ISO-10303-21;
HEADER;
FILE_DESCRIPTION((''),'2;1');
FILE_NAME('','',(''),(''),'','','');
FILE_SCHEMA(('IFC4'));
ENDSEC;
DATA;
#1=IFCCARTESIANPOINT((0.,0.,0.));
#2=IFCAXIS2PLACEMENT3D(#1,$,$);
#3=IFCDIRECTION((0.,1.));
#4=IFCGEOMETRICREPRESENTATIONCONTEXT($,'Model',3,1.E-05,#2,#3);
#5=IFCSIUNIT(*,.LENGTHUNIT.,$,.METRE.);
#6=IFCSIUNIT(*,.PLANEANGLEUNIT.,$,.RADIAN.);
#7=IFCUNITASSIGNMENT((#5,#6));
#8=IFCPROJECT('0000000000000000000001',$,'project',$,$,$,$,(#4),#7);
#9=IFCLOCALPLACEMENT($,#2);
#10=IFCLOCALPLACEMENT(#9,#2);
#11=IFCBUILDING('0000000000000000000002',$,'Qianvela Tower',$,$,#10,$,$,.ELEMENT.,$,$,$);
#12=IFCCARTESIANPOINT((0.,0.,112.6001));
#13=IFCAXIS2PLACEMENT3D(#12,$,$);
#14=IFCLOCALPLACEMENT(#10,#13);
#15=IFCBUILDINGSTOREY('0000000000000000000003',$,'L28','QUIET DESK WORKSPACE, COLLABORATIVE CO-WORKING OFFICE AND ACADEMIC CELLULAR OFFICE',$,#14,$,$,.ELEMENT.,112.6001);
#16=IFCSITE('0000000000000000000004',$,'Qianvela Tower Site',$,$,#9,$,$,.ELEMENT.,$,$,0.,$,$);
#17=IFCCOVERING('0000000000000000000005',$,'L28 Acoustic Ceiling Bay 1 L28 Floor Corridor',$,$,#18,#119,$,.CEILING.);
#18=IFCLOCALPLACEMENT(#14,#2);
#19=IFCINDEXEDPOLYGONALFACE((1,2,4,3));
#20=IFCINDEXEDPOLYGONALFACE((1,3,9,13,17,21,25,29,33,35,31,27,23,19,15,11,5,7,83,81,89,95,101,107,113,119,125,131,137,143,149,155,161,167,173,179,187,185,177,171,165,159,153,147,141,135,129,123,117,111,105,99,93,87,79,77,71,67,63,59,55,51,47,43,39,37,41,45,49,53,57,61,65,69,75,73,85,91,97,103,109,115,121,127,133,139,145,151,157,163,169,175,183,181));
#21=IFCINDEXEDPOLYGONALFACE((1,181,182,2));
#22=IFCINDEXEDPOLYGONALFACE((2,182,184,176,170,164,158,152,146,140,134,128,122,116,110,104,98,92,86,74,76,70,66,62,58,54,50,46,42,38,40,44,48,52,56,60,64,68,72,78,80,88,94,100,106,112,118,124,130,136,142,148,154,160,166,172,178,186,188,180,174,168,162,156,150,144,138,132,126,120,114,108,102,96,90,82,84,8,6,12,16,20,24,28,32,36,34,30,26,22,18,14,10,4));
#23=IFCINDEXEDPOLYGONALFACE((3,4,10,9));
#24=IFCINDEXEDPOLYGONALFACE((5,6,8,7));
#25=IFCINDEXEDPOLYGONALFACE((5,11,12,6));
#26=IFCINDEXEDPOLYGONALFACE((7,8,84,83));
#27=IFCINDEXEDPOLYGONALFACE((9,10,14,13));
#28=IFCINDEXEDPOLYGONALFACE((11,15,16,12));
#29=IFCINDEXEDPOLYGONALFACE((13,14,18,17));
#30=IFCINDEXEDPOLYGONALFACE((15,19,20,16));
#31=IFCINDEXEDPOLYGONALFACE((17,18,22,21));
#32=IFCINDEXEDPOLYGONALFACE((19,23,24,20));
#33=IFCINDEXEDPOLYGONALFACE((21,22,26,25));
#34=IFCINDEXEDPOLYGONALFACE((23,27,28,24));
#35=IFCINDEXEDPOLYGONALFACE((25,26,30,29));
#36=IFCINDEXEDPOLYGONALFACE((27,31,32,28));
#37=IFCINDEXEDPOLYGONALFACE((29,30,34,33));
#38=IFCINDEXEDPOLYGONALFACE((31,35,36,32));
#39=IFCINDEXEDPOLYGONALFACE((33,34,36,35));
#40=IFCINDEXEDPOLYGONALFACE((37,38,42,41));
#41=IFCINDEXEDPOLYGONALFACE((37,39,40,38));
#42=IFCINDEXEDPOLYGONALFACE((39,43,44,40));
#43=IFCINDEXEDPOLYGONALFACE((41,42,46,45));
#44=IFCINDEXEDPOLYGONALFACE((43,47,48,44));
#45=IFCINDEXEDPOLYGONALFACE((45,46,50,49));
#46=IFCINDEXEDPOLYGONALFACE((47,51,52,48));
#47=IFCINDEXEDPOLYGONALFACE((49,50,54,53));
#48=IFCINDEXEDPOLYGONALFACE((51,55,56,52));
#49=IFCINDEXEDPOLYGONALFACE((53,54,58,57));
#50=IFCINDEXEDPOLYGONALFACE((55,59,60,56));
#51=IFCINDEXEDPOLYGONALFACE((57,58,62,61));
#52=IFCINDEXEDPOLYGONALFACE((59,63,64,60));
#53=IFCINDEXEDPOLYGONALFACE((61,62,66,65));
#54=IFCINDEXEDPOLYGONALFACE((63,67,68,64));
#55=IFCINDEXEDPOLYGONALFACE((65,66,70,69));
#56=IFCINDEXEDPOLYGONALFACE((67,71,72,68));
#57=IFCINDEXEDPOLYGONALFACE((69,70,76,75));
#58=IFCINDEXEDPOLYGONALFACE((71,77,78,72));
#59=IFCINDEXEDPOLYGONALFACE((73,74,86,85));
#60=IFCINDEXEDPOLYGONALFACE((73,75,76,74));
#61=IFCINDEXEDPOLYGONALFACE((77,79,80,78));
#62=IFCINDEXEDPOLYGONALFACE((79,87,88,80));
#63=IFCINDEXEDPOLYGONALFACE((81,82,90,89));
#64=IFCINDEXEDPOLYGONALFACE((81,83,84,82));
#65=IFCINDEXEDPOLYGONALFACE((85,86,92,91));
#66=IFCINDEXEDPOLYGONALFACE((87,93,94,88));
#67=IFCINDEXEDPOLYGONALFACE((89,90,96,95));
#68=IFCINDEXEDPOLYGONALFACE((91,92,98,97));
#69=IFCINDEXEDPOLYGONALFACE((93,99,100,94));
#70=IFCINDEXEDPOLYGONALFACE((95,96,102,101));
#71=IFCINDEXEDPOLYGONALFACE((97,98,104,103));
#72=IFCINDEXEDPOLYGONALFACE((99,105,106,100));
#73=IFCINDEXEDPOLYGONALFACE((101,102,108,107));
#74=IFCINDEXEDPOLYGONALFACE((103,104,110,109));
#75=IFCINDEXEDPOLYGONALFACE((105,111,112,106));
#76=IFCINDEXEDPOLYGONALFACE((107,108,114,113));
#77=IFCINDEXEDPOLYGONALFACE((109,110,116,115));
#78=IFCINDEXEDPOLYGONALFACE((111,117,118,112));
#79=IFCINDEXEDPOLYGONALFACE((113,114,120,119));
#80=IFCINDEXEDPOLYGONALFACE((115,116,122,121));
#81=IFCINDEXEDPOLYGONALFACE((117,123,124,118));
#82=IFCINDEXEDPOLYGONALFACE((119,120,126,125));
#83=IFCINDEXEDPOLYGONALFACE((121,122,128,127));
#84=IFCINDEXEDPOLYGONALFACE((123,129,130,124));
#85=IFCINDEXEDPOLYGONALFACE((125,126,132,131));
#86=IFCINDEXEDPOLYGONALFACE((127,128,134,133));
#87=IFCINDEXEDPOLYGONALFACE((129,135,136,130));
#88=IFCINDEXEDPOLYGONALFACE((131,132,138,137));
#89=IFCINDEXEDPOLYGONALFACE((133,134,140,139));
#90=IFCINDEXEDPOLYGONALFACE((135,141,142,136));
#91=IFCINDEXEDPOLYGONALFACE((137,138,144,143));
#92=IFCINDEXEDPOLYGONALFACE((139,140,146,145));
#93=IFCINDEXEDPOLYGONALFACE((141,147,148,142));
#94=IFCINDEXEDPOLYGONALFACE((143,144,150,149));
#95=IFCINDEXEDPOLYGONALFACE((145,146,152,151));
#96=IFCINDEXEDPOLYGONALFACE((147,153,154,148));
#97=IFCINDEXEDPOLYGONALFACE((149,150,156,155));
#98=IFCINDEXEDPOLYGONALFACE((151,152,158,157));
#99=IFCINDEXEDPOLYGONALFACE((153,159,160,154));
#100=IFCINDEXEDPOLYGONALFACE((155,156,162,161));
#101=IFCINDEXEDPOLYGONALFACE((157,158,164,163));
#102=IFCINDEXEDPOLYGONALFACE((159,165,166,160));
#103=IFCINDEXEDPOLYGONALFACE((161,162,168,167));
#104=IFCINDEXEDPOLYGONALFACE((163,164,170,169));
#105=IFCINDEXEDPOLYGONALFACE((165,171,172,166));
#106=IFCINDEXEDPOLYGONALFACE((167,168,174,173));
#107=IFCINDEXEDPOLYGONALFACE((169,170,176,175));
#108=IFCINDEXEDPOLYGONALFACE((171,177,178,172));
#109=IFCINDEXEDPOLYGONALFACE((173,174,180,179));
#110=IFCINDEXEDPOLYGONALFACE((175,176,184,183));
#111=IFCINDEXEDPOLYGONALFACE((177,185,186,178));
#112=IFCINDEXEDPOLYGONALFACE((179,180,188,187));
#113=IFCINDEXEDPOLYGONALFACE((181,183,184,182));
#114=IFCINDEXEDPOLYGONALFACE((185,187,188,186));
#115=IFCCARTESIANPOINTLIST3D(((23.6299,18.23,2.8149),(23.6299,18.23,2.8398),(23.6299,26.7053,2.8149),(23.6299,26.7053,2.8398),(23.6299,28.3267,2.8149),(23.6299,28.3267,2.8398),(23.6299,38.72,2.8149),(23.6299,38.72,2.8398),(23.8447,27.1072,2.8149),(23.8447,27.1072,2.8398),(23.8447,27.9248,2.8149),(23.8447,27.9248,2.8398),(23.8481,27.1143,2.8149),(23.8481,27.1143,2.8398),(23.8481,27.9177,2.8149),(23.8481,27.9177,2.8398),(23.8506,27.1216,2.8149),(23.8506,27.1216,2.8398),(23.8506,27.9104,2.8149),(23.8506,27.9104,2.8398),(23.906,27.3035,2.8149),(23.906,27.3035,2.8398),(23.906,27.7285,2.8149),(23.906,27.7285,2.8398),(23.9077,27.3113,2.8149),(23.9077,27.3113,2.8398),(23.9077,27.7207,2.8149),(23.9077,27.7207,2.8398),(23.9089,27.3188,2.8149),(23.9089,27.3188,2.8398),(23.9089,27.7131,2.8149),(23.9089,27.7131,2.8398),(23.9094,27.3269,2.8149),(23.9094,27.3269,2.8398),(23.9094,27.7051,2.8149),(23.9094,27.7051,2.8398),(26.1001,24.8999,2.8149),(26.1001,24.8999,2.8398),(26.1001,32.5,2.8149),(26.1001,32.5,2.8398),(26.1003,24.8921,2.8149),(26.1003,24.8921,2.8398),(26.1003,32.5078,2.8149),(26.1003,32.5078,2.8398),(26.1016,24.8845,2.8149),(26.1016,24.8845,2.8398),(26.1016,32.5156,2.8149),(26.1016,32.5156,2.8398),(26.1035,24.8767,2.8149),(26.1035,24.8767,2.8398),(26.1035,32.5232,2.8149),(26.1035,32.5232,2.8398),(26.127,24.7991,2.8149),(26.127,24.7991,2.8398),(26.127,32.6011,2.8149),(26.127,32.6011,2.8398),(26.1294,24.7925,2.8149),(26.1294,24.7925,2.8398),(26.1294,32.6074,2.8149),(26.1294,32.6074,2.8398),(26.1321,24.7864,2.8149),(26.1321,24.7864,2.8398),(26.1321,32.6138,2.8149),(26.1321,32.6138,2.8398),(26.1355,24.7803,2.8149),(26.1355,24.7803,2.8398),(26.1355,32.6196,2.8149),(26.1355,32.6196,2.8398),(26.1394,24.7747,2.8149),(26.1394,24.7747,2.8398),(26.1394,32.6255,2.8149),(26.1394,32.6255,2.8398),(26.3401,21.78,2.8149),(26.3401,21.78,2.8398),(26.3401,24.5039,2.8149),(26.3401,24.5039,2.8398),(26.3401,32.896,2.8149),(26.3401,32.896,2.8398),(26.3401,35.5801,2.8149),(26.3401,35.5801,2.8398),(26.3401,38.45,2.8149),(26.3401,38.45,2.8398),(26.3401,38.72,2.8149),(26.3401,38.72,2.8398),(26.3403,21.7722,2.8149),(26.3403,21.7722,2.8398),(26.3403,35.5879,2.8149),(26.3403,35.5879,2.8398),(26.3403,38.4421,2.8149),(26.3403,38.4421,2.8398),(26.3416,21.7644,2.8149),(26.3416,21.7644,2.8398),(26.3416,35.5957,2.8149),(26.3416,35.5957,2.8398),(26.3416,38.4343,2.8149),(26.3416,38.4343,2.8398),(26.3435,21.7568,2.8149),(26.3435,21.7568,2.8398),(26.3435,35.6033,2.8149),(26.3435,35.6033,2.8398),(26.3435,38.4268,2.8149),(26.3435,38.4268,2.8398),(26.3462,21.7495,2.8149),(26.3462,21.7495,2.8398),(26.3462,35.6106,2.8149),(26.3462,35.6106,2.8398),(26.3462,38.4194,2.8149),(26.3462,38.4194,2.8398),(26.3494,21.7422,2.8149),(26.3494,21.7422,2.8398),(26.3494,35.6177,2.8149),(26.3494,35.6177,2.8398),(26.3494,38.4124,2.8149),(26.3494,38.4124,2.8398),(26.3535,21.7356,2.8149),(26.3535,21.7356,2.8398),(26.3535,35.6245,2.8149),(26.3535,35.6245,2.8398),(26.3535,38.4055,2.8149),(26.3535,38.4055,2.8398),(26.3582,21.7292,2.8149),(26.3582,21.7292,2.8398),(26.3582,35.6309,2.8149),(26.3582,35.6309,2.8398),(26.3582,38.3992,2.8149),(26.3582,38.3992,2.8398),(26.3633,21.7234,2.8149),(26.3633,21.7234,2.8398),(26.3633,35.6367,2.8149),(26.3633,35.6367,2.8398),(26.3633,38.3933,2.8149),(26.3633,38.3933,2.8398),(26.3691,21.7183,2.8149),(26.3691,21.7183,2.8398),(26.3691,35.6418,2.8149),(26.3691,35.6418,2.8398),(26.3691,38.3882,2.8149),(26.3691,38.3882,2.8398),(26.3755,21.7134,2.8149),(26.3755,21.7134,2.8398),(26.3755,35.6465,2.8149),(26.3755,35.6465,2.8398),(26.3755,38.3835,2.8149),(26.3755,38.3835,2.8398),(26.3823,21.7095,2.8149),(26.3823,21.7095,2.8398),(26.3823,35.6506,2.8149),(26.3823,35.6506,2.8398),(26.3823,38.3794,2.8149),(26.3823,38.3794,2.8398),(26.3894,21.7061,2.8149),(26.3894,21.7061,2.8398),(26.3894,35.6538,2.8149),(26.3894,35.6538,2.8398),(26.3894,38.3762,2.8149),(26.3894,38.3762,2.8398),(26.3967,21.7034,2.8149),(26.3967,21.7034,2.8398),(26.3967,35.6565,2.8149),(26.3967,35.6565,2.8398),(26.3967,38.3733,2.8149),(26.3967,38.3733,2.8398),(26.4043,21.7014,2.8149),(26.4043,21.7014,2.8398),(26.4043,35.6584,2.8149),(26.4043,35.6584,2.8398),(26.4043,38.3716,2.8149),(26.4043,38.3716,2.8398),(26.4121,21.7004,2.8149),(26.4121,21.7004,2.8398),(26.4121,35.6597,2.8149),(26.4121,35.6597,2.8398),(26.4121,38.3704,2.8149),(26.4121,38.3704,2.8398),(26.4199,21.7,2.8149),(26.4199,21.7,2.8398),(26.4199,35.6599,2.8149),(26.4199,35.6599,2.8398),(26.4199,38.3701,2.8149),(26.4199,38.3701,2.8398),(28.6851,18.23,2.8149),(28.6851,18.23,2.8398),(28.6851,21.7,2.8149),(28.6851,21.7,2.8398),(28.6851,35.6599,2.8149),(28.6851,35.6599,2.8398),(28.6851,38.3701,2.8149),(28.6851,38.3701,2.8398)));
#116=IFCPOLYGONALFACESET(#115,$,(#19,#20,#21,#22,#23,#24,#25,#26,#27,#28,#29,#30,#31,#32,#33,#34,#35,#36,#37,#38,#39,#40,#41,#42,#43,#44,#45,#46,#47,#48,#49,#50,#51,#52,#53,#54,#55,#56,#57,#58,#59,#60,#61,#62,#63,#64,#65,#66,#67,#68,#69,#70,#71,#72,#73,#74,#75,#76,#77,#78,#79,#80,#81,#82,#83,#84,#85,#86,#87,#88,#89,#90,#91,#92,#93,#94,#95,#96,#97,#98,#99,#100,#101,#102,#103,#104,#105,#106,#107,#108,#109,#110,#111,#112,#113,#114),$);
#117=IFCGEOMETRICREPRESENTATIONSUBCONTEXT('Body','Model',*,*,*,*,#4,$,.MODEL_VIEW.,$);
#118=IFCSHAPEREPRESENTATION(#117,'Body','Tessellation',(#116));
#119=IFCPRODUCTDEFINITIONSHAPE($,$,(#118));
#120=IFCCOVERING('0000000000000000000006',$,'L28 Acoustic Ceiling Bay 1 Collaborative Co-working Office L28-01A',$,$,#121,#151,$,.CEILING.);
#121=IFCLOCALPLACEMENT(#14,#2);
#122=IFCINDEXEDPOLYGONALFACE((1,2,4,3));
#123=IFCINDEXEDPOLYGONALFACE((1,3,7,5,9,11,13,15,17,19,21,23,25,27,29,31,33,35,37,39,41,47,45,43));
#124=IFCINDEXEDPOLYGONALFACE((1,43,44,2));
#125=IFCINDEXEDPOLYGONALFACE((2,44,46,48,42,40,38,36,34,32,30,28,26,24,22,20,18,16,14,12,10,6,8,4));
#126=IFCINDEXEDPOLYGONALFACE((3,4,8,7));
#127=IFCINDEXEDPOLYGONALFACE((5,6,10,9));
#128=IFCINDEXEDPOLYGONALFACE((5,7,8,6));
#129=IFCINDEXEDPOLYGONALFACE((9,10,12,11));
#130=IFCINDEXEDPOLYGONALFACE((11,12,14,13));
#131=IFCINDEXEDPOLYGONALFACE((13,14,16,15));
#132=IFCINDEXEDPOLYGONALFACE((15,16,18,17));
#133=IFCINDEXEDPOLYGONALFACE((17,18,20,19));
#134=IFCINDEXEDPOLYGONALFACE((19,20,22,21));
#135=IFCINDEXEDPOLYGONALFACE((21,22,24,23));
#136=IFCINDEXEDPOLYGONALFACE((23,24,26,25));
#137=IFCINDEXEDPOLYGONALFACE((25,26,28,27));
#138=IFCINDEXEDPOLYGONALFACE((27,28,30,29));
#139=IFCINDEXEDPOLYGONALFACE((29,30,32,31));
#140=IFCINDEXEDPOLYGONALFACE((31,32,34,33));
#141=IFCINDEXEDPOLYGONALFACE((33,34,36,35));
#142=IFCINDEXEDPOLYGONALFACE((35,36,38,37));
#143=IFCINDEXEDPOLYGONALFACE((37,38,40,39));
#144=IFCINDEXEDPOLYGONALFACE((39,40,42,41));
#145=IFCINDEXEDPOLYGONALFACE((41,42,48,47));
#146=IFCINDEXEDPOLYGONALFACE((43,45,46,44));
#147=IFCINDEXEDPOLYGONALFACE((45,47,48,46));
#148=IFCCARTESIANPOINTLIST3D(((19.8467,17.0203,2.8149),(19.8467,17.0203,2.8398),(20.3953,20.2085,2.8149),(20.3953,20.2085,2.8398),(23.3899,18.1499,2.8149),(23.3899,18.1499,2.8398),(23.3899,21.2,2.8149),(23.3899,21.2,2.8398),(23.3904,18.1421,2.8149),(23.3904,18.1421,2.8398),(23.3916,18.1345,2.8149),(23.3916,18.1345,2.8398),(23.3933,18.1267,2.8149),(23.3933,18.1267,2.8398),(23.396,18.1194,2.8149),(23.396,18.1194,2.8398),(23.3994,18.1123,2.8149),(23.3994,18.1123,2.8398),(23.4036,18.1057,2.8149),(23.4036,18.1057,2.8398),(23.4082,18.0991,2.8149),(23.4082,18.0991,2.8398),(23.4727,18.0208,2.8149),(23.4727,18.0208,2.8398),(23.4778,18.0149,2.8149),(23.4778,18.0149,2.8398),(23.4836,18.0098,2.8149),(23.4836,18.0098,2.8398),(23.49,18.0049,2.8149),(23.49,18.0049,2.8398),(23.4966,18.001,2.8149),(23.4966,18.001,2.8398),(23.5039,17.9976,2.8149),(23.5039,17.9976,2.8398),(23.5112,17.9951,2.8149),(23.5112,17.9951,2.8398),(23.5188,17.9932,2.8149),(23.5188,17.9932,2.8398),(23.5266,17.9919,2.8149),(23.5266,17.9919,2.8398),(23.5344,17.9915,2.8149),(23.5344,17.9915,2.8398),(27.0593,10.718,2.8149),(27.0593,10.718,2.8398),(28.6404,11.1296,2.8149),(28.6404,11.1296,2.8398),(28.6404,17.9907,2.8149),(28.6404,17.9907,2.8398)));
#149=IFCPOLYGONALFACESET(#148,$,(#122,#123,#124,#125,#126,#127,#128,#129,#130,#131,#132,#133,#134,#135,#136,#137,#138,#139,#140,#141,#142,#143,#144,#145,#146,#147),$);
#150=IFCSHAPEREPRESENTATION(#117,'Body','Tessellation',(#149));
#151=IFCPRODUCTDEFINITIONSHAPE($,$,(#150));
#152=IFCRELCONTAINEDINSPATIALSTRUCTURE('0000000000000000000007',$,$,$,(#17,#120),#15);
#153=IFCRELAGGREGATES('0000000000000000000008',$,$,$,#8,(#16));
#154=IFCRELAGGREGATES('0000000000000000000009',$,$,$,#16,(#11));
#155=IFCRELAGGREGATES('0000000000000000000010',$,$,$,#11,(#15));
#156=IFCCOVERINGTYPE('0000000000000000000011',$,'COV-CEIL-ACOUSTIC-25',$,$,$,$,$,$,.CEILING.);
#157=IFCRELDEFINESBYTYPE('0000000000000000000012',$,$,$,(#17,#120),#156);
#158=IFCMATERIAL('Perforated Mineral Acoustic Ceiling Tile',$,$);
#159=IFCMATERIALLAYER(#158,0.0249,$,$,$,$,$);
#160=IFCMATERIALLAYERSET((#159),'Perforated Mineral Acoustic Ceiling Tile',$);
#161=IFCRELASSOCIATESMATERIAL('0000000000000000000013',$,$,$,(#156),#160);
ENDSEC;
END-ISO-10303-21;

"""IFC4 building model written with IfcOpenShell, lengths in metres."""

from ifc_helpers import new_model, si_unit, direction, frame, origin, place, context, subcontext, project, spatial, polyline, outline, extrude, material, layer, layer_set, type_object, element, save


model = new_model("IFC4")

# Units and contexts
model_context = context("Model", 3, precision=1e-05, world=origin(), true_north=direction((0.0, 1.0)))
body_context = subcontext(model_context, "Body", "Model", "MODEL_VIEW")
ifc_project = project(units=[si_unit("LENGTHUNIT", "METRE"), si_unit("PLANEANGLEUNIT", "RADIAN")], contexts=[model_context])

# Site, building, storey
site_placement = place(None, origin())
site = spatial("IfcSite", under=ifc_project, at=site_placement, Name="Qianvela Tower Site", CompositionType="ELEMENT", RefElevation=0.0)
building_placement = place(site_placement, origin())
building = spatial("IfcBuilding", under=site, at=building_placement, Name="Qianvela Tower", CompositionType="ELEMENT")
storey_placement = place(building_placement, frame((0.0, 0.0, 112.6001)))
storey = spatial("IfcBuildingStorey", under=building, at=storey_placement, Name="L28", Description="QUIET DESK WORKSPACE, COLLABORATIVE CO-WORKING OFFICE AND ACADEMIC CELLULAR OFFICE", CompositionType="ELEMENT", Elevation=112.6001)

# Coverings
ifc_material_1 = material(Name="Perforated Mineral Acoustic Ceiling Tile")
ifc_layer_1 = layer(ifc_material_1, 0.0249)
ifc_layer_set_1 = layer_set([ifc_layer_1], Name="Perforated Mineral Acoustic Ceiling Tile")
covering_type_1 = type_object("IfcCoveringType", Name="COV-CEIL-ACOUSTIC-25", PredefinedType="CEILING", material=ifc_layer_set_1)
covering_1_placement = place(storey_placement, frame((0.0, 0.0, 2.8149)))
element("IfcCovering", 1, at=covering_1_placement, inside=storey, type_object=covering_type_1, Name="L28 Acoustic Ceiling Bay 1 L28 Floor Corridor", PredefinedType="CEILING", context=body_context, shape_type="SweptSolid", body=[
    extrude(outline(polyline([(23.8481, 27.9177), (23.8447, 27.9248), (23.6299, 28.3267), (23.6299, 38.72), (26.3401, 38.72), (26.3401, 38.45), (26.3403, 38.4421), (26.3416, 38.4343), (26.3435, 38.4268), (26.3462, 38.4194), (26.3494, 38.4124), (26.3535, 38.4055), (26.3582, 38.3992), (26.3633, 38.3933), (26.3691, 38.3882), (26.3755, 38.3835), (26.3823, 38.3794), (26.3894, 38.3762), (26.3967, 38.3733), (26.4043, 38.3716), (26.4121, 38.3704), (26.4199, 38.3701), (28.6851, 38.3701), (28.6851, 35.6599), (26.4199, 35.6599), (26.4121, 35.6597), (26.4043, 35.6584), (26.3967, 35.6565), (26.3894, 35.6538), (26.3823, 35.6506), (26.3755, 35.6465), (26.3691, 35.6418), (26.3633, 35.6367), (26.3582, 35.6309), (26.3535, 35.6245), (26.3494, 35.6177), (26.3462, 35.6106), (26.3435, 35.6033), (26.3416, 35.5957), (26.3403, 35.5879), (26.3401, 35.5801), (26.3401, 32.896), (26.1394, 32.6255), (26.1355, 32.6196), (26.1321, 32.6138), (26.1294, 32.6074), (26.127, 32.6011), (26.1035, 32.5232), (26.1016, 32.5156), (26.1003, 32.5078), (26.1001, 32.5), (26.1001, 24.8999), (26.1003, 24.8921), (26.1016, 24.8845), (26.1035, 24.8767), (26.127, 24.7991), (26.1294, 24.7925), (26.1321, 24.7864), (26.1355, 24.7803), (26.1394, 24.7747), (26.3401, 24.5039), (26.3401, 21.78), (26.3403, 21.7722), (26.3416, 21.7644), (26.3435, 21.7568), (26.3462, 21.7495), (26.3494, 21.7422), (26.3535, 21.7356), (26.3582, 21.7292), (26.3633, 21.7234), (26.3691, 21.7183), (26.3755, 21.7134), (26.3823, 21.7095), (26.3894, 21.7061), (26.3967, 21.7034), (26.4043, 21.7014), (26.4121, 21.7004), (26.4199, 21.7), (28.6851, 21.7), (28.6851, 18.23), (23.6299, 18.23), (23.6299, 26.7053), (23.8447, 27.1072), (23.8481, 27.1143), (23.8506, 27.1216), (23.906, 27.3035), (23.9077, 27.3113), (23.9089, 27.3188), (23.9094, 27.3269), (23.9094, 27.7051), (23.9089, 27.7131), (23.9077, 27.7207), (23.906, 27.7285), (23.8506, 27.9104), (23.8481, 27.9177)])), origin(), (0.0, 0.0, 1.0), 0.0249),
])
covering_2_placement = place(storey_placement, frame((0.0, 0.0, 2.8149)))
element("IfcCovering", 2, at=covering_2_placement, inside=storey, type_object=covering_type_1, Name="L28 Acoustic Ceiling Bay 1 Collaborative Co-working Office L28-01A", PredefinedType="CEILING", context=body_context, shape_type="SweptSolid", body=[
    extrude(outline(polyline([(23.3904, 18.1421), (23.3916, 18.1345), (23.3933, 18.1267), (23.396, 18.1194), (23.3994, 18.1123), (23.4036, 18.1057), (23.4082, 18.0991), (23.4727, 18.0208), (23.4778, 18.0149), (23.4836, 18.0098), (23.49, 18.0049), (23.4966, 18.001), (23.5039, 17.9976), (23.5112, 17.9951), (23.5188, 17.9932), (23.5266, 17.9919), (23.5344, 17.9915), (28.6404, 17.9907), (28.6404, 11.1296), (27.0593, 10.718), (19.8467, 17.0203), (20.3953, 20.2085), (23.3899, 21.2), (23.3899, 18.1499), (23.3904, 18.1421)])), origin(), (0.0, 0.0, 1.0), 0.0249),
])

save(model, "model.ifc")
